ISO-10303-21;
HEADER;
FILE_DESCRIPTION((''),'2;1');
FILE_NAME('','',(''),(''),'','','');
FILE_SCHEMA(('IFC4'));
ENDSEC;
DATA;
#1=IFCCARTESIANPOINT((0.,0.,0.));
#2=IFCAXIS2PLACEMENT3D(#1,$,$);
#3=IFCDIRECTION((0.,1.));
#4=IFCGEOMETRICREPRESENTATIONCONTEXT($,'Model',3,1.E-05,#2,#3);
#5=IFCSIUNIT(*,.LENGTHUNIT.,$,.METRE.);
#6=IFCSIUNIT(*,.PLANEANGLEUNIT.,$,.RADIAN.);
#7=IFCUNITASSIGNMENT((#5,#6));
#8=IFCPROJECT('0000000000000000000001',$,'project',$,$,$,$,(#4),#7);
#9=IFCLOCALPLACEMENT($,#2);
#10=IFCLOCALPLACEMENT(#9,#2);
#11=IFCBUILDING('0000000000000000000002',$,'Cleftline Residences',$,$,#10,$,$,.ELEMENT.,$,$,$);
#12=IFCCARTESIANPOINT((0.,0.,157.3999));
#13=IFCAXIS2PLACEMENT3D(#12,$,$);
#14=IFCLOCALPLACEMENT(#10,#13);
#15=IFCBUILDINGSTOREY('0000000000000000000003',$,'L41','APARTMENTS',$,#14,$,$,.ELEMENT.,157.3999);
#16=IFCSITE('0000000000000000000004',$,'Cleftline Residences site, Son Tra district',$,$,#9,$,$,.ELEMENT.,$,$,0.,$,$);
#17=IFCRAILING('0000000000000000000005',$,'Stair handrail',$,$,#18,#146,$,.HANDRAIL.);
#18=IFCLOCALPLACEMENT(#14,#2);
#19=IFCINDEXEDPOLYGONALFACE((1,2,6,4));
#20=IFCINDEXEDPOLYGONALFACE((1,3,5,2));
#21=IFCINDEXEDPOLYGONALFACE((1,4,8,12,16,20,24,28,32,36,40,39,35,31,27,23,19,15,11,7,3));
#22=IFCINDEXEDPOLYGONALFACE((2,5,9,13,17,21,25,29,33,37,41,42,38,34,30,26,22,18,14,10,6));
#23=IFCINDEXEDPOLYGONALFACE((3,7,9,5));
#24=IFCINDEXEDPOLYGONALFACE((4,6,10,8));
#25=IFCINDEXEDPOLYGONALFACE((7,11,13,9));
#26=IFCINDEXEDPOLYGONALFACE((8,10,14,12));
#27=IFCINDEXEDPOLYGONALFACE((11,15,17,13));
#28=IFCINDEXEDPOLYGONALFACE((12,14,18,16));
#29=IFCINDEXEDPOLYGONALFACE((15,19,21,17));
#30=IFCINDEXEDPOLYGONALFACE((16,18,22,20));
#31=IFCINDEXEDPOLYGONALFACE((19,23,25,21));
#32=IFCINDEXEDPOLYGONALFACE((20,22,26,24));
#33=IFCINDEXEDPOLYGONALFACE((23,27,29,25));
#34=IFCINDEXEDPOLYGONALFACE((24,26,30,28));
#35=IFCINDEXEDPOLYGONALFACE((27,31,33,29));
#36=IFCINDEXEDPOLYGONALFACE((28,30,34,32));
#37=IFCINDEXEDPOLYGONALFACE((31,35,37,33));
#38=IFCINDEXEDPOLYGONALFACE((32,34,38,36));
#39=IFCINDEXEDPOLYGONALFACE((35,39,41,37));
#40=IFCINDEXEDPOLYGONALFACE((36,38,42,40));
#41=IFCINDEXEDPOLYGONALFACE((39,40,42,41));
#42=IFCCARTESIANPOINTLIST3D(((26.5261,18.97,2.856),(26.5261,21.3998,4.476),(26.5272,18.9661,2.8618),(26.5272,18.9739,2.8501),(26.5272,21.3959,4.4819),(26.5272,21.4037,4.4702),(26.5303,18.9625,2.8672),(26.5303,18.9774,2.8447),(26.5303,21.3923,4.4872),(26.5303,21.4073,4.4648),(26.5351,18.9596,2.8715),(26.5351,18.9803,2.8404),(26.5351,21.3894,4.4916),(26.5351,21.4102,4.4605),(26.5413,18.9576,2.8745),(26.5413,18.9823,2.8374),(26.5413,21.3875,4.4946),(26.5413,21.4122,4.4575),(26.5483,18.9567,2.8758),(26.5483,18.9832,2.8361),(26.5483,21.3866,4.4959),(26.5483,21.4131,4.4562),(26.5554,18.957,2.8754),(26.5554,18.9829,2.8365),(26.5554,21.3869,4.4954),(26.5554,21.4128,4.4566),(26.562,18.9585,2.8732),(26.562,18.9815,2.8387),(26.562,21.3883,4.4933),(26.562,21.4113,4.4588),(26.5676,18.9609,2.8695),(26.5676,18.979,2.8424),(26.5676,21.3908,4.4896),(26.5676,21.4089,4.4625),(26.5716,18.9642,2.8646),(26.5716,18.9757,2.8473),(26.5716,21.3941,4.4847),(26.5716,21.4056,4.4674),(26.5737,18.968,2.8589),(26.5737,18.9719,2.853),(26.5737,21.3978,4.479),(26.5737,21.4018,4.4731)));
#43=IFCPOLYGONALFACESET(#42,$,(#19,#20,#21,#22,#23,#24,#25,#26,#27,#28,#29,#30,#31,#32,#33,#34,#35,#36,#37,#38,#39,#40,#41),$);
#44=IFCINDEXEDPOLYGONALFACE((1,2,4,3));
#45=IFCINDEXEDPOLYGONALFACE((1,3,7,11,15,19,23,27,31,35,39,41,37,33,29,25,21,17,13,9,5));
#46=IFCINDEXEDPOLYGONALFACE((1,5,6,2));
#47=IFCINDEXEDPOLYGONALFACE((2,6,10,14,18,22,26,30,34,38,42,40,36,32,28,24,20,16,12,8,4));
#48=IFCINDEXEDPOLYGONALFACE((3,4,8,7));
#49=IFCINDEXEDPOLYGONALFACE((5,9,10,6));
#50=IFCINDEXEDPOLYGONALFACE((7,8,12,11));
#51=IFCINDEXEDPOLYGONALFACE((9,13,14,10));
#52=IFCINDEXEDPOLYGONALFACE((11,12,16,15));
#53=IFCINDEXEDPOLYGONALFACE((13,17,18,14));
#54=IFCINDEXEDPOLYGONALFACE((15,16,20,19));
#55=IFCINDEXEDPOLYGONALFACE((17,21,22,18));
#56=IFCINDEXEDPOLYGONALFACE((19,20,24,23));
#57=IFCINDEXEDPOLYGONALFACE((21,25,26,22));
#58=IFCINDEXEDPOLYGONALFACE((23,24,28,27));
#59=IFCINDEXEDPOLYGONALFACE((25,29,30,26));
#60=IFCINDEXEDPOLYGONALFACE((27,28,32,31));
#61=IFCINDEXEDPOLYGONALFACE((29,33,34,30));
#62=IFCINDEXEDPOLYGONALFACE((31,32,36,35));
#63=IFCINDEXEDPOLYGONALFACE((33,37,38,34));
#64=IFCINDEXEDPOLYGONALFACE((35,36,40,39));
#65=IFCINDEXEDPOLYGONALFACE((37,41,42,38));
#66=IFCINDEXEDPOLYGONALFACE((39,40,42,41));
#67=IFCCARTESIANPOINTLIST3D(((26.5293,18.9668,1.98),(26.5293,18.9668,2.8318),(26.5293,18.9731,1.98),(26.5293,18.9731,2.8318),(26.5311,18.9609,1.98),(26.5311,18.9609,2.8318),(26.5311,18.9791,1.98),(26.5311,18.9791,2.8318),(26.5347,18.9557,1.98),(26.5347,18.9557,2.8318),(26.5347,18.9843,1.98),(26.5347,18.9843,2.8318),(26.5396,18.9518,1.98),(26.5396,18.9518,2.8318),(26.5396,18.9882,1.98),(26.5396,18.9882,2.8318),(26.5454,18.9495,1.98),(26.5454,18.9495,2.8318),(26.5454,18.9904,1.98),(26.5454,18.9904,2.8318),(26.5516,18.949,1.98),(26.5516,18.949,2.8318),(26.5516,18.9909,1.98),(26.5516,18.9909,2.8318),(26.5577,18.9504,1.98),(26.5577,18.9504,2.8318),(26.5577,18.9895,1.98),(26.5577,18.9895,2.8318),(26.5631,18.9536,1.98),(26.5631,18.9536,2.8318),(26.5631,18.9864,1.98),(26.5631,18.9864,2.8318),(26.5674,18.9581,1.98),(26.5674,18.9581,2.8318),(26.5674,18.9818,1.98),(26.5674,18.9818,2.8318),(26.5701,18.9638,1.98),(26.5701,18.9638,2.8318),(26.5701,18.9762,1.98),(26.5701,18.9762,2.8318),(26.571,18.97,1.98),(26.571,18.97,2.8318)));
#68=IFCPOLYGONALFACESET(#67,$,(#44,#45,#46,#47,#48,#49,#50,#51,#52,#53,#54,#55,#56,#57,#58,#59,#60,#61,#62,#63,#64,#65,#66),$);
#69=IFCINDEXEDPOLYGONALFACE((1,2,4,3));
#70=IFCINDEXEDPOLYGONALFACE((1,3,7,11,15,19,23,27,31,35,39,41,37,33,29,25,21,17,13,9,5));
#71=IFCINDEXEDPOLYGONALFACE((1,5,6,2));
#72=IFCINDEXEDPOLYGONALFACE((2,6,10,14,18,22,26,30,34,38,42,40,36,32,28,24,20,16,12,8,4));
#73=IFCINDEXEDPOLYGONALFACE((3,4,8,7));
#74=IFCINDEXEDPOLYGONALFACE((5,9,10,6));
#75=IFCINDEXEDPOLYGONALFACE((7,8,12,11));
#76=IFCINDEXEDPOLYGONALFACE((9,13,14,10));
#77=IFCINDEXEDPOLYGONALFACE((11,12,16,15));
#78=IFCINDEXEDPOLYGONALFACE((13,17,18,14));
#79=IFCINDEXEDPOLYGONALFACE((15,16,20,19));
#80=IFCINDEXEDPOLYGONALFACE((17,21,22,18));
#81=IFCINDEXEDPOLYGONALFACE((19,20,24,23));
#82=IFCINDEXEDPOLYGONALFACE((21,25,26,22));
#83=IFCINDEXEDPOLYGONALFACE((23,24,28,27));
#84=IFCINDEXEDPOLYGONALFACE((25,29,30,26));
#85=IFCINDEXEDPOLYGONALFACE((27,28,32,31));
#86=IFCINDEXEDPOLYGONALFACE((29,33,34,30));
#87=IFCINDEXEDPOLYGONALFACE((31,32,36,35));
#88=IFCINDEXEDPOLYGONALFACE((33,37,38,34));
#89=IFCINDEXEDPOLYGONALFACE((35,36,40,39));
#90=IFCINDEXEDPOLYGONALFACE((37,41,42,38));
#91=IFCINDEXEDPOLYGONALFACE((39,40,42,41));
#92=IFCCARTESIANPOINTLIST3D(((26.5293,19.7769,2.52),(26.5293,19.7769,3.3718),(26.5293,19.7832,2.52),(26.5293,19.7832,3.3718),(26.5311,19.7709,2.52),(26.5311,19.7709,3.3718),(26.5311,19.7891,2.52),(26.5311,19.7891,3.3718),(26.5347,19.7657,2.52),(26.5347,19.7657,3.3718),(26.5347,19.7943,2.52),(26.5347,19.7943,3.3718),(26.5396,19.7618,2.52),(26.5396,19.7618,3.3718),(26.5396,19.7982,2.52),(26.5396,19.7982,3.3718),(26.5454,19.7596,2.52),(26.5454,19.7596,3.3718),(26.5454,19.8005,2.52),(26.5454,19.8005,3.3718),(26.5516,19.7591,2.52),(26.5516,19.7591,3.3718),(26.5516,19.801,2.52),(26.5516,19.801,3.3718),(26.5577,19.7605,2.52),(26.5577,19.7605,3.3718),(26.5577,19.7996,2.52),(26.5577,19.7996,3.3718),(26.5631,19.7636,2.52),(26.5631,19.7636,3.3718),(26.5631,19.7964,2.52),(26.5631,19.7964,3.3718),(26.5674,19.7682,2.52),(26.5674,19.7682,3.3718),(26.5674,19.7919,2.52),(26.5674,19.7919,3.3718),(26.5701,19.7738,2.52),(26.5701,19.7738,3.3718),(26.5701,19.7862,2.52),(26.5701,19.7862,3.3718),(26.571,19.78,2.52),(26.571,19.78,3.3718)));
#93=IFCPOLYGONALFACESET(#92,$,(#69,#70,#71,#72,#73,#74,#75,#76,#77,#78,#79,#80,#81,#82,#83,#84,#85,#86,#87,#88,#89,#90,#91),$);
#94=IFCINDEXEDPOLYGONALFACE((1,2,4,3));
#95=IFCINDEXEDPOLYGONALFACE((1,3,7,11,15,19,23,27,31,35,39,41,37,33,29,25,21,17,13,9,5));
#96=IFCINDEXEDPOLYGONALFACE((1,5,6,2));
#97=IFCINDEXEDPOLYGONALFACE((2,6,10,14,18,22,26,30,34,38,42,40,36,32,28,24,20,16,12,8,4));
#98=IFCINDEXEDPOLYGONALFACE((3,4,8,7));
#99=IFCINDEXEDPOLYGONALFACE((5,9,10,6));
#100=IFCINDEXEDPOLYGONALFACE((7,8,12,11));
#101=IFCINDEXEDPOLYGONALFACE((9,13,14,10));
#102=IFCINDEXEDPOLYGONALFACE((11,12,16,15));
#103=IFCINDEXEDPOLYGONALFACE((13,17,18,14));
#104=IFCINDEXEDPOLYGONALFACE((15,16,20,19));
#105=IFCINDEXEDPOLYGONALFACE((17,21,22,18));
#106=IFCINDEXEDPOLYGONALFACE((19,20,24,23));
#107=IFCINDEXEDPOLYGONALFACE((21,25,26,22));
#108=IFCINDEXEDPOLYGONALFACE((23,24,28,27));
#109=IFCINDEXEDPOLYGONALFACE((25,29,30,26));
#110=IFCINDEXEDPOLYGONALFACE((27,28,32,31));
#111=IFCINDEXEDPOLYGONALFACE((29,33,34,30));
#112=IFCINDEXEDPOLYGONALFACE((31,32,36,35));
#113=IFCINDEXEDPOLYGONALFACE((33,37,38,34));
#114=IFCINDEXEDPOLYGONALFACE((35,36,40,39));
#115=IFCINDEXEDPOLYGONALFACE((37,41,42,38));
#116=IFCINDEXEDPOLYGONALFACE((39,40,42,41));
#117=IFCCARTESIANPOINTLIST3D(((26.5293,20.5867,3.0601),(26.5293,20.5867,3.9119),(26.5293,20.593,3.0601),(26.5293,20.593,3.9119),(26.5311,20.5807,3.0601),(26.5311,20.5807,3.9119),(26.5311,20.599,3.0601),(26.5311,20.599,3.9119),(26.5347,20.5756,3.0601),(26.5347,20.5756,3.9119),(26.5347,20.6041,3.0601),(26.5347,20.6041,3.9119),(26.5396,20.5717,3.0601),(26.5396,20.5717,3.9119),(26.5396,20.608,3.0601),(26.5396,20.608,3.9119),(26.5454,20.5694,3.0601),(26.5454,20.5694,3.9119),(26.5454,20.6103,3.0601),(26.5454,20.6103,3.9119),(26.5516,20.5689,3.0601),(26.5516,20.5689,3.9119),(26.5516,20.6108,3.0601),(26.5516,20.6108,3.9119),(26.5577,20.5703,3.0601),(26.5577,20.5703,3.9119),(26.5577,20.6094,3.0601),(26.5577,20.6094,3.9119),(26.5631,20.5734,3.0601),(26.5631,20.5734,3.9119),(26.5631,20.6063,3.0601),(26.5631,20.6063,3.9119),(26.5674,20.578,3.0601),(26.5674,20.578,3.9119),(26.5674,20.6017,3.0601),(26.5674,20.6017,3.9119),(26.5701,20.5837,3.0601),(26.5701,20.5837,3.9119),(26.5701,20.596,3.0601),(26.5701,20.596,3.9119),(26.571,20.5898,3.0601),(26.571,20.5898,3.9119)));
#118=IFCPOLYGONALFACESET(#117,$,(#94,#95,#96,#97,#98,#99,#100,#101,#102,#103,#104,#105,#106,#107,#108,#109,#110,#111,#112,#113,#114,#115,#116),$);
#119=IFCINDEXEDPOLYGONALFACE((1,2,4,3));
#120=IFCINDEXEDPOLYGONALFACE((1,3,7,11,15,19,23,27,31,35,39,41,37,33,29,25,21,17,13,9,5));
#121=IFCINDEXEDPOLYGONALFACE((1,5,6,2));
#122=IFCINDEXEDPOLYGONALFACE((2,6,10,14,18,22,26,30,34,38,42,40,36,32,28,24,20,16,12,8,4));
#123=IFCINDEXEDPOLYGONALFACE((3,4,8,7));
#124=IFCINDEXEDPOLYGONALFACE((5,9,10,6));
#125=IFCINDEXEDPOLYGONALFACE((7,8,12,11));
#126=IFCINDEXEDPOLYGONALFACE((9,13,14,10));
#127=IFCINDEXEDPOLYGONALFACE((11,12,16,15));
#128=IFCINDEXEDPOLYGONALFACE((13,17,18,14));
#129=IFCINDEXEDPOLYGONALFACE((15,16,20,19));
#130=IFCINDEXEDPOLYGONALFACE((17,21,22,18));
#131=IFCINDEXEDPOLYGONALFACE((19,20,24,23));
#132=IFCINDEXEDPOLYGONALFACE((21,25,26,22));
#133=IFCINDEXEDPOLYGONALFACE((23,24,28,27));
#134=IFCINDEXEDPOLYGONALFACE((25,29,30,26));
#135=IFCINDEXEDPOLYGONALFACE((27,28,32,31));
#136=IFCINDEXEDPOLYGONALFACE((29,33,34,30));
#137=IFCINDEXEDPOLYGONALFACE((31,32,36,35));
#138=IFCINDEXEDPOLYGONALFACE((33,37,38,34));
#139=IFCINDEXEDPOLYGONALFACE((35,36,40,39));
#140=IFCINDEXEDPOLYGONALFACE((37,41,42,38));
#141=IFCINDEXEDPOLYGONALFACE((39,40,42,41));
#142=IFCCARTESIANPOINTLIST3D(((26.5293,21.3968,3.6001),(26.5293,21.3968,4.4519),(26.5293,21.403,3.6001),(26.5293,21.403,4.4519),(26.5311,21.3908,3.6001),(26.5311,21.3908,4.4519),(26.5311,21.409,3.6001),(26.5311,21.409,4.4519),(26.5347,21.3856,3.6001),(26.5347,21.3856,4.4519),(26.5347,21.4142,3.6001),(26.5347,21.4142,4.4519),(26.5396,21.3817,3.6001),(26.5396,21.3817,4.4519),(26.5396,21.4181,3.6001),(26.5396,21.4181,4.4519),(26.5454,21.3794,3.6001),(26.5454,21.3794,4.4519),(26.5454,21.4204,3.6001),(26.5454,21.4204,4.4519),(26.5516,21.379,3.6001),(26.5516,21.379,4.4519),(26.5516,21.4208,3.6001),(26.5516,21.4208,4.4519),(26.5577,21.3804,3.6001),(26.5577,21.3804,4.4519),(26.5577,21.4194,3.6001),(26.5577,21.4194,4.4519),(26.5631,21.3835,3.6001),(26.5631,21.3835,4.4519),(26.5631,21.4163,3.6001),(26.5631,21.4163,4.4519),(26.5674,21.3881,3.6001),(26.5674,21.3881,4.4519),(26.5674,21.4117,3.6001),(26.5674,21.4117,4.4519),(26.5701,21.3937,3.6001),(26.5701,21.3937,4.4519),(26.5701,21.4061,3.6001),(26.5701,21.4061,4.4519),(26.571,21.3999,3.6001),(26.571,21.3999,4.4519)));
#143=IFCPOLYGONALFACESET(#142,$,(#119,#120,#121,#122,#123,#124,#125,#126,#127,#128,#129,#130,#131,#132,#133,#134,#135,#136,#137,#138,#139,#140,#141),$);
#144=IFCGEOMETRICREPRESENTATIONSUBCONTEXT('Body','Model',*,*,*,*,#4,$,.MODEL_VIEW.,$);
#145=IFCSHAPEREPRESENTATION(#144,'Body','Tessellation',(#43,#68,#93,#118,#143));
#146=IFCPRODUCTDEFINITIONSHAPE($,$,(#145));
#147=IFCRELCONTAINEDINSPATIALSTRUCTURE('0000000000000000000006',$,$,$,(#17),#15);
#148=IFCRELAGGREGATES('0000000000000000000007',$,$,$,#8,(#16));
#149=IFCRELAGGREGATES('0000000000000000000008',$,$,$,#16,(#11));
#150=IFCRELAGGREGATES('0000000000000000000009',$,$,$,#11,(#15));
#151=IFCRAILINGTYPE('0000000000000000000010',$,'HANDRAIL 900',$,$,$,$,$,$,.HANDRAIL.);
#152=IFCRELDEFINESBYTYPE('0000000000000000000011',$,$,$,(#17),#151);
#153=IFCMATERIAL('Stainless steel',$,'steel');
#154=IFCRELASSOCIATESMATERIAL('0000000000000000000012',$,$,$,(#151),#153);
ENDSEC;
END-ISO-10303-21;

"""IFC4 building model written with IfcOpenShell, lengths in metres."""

from ifc_helpers import new_model, si_unit, direction, frame, origin, origin_2d, place, context, subcontext, project, spatial, circle, extrude, material, type_object, element, save


model = new_model("IFC4")

# Units and contexts
model_context = context("Model", 3, precision=1e-05, world=origin(), true_north=direction((0.0, 1.0)))
body_context = subcontext(model_context, "Body", "Model", "MODEL_VIEW")
ifc_project = project(units=[si_unit("LENGTHUNIT", "METRE"), si_unit("PLANEANGLEUNIT", "RADIAN")], contexts=[model_context])

# Site, building, storey
site_placement = place(None, origin())
site = spatial("IfcSite", under=ifc_project, at=site_placement, Name="Cleftline Residences site, Son Tra district", CompositionType="ELEMENT", RefElevation=0.0)
building_placement = place(site_placement, origin())
building = spatial("IfcBuilding", under=site, at=building_placement, Name="Cleftline Residences", CompositionType="ELEMENT")
storey_placement = place(building_placement, frame((0.0, 0.0, 157.3999)))
storey = spatial("IfcBuildingStorey", under=building, at=storey_placement, Name="L41", Description="APARTMENTS", CompositionType="ELEMENT", Elevation=157.3999)

# Railing
ifc_material_1 = material(Name="Stainless steel", Category="steel")
railing_type = type_object("IfcRailingType", Name="HANDRAIL 900", PredefinedType="HANDRAIL", material=ifc_material_1)
railing_1_placement = place(storey_placement, frame((26.55, 18.97, 1.98)))
element("IfcRailing", 1, at=railing_1_placement, inside=storey, type_object=railing_type, Name="Stair handrail", PredefinedType="HANDRAIL", context=body_context, shape_type="SweptSolid", body=[
    extrude(circle(Radius=0.0239, at=origin_2d()), frame((0.0, 0.0, 0.876), z_axis=(0.0, 0.832025, 0.554739), x_axis=(-1.0, 0.0, 0.0)), (0.0, 0.0, 1.0), 2.9204),
    extrude(circle(Radius=0.021, at=origin_2d()), origin(), (0.0, 0.0, 1.0), 0.8518),
    extrude(circle(Radius=0.021, at=origin_2d()), frame((0.0, 0.8101, 0.54)), (0.0, 0.0, 1.0), 0.8518),
    extrude(circle(Radius=0.021, at=origin_2d()), frame((0.0, 1.6199, 1.0801)), (0.0, 0.0, 1.0), 0.8518),
    extrude(circle(Radius=0.021, at=origin_2d()), frame((0.0, 2.4299, 1.6201)), (0.0, 0.0, 1.0), 0.8518),
])

save(model, "model.ifc")
